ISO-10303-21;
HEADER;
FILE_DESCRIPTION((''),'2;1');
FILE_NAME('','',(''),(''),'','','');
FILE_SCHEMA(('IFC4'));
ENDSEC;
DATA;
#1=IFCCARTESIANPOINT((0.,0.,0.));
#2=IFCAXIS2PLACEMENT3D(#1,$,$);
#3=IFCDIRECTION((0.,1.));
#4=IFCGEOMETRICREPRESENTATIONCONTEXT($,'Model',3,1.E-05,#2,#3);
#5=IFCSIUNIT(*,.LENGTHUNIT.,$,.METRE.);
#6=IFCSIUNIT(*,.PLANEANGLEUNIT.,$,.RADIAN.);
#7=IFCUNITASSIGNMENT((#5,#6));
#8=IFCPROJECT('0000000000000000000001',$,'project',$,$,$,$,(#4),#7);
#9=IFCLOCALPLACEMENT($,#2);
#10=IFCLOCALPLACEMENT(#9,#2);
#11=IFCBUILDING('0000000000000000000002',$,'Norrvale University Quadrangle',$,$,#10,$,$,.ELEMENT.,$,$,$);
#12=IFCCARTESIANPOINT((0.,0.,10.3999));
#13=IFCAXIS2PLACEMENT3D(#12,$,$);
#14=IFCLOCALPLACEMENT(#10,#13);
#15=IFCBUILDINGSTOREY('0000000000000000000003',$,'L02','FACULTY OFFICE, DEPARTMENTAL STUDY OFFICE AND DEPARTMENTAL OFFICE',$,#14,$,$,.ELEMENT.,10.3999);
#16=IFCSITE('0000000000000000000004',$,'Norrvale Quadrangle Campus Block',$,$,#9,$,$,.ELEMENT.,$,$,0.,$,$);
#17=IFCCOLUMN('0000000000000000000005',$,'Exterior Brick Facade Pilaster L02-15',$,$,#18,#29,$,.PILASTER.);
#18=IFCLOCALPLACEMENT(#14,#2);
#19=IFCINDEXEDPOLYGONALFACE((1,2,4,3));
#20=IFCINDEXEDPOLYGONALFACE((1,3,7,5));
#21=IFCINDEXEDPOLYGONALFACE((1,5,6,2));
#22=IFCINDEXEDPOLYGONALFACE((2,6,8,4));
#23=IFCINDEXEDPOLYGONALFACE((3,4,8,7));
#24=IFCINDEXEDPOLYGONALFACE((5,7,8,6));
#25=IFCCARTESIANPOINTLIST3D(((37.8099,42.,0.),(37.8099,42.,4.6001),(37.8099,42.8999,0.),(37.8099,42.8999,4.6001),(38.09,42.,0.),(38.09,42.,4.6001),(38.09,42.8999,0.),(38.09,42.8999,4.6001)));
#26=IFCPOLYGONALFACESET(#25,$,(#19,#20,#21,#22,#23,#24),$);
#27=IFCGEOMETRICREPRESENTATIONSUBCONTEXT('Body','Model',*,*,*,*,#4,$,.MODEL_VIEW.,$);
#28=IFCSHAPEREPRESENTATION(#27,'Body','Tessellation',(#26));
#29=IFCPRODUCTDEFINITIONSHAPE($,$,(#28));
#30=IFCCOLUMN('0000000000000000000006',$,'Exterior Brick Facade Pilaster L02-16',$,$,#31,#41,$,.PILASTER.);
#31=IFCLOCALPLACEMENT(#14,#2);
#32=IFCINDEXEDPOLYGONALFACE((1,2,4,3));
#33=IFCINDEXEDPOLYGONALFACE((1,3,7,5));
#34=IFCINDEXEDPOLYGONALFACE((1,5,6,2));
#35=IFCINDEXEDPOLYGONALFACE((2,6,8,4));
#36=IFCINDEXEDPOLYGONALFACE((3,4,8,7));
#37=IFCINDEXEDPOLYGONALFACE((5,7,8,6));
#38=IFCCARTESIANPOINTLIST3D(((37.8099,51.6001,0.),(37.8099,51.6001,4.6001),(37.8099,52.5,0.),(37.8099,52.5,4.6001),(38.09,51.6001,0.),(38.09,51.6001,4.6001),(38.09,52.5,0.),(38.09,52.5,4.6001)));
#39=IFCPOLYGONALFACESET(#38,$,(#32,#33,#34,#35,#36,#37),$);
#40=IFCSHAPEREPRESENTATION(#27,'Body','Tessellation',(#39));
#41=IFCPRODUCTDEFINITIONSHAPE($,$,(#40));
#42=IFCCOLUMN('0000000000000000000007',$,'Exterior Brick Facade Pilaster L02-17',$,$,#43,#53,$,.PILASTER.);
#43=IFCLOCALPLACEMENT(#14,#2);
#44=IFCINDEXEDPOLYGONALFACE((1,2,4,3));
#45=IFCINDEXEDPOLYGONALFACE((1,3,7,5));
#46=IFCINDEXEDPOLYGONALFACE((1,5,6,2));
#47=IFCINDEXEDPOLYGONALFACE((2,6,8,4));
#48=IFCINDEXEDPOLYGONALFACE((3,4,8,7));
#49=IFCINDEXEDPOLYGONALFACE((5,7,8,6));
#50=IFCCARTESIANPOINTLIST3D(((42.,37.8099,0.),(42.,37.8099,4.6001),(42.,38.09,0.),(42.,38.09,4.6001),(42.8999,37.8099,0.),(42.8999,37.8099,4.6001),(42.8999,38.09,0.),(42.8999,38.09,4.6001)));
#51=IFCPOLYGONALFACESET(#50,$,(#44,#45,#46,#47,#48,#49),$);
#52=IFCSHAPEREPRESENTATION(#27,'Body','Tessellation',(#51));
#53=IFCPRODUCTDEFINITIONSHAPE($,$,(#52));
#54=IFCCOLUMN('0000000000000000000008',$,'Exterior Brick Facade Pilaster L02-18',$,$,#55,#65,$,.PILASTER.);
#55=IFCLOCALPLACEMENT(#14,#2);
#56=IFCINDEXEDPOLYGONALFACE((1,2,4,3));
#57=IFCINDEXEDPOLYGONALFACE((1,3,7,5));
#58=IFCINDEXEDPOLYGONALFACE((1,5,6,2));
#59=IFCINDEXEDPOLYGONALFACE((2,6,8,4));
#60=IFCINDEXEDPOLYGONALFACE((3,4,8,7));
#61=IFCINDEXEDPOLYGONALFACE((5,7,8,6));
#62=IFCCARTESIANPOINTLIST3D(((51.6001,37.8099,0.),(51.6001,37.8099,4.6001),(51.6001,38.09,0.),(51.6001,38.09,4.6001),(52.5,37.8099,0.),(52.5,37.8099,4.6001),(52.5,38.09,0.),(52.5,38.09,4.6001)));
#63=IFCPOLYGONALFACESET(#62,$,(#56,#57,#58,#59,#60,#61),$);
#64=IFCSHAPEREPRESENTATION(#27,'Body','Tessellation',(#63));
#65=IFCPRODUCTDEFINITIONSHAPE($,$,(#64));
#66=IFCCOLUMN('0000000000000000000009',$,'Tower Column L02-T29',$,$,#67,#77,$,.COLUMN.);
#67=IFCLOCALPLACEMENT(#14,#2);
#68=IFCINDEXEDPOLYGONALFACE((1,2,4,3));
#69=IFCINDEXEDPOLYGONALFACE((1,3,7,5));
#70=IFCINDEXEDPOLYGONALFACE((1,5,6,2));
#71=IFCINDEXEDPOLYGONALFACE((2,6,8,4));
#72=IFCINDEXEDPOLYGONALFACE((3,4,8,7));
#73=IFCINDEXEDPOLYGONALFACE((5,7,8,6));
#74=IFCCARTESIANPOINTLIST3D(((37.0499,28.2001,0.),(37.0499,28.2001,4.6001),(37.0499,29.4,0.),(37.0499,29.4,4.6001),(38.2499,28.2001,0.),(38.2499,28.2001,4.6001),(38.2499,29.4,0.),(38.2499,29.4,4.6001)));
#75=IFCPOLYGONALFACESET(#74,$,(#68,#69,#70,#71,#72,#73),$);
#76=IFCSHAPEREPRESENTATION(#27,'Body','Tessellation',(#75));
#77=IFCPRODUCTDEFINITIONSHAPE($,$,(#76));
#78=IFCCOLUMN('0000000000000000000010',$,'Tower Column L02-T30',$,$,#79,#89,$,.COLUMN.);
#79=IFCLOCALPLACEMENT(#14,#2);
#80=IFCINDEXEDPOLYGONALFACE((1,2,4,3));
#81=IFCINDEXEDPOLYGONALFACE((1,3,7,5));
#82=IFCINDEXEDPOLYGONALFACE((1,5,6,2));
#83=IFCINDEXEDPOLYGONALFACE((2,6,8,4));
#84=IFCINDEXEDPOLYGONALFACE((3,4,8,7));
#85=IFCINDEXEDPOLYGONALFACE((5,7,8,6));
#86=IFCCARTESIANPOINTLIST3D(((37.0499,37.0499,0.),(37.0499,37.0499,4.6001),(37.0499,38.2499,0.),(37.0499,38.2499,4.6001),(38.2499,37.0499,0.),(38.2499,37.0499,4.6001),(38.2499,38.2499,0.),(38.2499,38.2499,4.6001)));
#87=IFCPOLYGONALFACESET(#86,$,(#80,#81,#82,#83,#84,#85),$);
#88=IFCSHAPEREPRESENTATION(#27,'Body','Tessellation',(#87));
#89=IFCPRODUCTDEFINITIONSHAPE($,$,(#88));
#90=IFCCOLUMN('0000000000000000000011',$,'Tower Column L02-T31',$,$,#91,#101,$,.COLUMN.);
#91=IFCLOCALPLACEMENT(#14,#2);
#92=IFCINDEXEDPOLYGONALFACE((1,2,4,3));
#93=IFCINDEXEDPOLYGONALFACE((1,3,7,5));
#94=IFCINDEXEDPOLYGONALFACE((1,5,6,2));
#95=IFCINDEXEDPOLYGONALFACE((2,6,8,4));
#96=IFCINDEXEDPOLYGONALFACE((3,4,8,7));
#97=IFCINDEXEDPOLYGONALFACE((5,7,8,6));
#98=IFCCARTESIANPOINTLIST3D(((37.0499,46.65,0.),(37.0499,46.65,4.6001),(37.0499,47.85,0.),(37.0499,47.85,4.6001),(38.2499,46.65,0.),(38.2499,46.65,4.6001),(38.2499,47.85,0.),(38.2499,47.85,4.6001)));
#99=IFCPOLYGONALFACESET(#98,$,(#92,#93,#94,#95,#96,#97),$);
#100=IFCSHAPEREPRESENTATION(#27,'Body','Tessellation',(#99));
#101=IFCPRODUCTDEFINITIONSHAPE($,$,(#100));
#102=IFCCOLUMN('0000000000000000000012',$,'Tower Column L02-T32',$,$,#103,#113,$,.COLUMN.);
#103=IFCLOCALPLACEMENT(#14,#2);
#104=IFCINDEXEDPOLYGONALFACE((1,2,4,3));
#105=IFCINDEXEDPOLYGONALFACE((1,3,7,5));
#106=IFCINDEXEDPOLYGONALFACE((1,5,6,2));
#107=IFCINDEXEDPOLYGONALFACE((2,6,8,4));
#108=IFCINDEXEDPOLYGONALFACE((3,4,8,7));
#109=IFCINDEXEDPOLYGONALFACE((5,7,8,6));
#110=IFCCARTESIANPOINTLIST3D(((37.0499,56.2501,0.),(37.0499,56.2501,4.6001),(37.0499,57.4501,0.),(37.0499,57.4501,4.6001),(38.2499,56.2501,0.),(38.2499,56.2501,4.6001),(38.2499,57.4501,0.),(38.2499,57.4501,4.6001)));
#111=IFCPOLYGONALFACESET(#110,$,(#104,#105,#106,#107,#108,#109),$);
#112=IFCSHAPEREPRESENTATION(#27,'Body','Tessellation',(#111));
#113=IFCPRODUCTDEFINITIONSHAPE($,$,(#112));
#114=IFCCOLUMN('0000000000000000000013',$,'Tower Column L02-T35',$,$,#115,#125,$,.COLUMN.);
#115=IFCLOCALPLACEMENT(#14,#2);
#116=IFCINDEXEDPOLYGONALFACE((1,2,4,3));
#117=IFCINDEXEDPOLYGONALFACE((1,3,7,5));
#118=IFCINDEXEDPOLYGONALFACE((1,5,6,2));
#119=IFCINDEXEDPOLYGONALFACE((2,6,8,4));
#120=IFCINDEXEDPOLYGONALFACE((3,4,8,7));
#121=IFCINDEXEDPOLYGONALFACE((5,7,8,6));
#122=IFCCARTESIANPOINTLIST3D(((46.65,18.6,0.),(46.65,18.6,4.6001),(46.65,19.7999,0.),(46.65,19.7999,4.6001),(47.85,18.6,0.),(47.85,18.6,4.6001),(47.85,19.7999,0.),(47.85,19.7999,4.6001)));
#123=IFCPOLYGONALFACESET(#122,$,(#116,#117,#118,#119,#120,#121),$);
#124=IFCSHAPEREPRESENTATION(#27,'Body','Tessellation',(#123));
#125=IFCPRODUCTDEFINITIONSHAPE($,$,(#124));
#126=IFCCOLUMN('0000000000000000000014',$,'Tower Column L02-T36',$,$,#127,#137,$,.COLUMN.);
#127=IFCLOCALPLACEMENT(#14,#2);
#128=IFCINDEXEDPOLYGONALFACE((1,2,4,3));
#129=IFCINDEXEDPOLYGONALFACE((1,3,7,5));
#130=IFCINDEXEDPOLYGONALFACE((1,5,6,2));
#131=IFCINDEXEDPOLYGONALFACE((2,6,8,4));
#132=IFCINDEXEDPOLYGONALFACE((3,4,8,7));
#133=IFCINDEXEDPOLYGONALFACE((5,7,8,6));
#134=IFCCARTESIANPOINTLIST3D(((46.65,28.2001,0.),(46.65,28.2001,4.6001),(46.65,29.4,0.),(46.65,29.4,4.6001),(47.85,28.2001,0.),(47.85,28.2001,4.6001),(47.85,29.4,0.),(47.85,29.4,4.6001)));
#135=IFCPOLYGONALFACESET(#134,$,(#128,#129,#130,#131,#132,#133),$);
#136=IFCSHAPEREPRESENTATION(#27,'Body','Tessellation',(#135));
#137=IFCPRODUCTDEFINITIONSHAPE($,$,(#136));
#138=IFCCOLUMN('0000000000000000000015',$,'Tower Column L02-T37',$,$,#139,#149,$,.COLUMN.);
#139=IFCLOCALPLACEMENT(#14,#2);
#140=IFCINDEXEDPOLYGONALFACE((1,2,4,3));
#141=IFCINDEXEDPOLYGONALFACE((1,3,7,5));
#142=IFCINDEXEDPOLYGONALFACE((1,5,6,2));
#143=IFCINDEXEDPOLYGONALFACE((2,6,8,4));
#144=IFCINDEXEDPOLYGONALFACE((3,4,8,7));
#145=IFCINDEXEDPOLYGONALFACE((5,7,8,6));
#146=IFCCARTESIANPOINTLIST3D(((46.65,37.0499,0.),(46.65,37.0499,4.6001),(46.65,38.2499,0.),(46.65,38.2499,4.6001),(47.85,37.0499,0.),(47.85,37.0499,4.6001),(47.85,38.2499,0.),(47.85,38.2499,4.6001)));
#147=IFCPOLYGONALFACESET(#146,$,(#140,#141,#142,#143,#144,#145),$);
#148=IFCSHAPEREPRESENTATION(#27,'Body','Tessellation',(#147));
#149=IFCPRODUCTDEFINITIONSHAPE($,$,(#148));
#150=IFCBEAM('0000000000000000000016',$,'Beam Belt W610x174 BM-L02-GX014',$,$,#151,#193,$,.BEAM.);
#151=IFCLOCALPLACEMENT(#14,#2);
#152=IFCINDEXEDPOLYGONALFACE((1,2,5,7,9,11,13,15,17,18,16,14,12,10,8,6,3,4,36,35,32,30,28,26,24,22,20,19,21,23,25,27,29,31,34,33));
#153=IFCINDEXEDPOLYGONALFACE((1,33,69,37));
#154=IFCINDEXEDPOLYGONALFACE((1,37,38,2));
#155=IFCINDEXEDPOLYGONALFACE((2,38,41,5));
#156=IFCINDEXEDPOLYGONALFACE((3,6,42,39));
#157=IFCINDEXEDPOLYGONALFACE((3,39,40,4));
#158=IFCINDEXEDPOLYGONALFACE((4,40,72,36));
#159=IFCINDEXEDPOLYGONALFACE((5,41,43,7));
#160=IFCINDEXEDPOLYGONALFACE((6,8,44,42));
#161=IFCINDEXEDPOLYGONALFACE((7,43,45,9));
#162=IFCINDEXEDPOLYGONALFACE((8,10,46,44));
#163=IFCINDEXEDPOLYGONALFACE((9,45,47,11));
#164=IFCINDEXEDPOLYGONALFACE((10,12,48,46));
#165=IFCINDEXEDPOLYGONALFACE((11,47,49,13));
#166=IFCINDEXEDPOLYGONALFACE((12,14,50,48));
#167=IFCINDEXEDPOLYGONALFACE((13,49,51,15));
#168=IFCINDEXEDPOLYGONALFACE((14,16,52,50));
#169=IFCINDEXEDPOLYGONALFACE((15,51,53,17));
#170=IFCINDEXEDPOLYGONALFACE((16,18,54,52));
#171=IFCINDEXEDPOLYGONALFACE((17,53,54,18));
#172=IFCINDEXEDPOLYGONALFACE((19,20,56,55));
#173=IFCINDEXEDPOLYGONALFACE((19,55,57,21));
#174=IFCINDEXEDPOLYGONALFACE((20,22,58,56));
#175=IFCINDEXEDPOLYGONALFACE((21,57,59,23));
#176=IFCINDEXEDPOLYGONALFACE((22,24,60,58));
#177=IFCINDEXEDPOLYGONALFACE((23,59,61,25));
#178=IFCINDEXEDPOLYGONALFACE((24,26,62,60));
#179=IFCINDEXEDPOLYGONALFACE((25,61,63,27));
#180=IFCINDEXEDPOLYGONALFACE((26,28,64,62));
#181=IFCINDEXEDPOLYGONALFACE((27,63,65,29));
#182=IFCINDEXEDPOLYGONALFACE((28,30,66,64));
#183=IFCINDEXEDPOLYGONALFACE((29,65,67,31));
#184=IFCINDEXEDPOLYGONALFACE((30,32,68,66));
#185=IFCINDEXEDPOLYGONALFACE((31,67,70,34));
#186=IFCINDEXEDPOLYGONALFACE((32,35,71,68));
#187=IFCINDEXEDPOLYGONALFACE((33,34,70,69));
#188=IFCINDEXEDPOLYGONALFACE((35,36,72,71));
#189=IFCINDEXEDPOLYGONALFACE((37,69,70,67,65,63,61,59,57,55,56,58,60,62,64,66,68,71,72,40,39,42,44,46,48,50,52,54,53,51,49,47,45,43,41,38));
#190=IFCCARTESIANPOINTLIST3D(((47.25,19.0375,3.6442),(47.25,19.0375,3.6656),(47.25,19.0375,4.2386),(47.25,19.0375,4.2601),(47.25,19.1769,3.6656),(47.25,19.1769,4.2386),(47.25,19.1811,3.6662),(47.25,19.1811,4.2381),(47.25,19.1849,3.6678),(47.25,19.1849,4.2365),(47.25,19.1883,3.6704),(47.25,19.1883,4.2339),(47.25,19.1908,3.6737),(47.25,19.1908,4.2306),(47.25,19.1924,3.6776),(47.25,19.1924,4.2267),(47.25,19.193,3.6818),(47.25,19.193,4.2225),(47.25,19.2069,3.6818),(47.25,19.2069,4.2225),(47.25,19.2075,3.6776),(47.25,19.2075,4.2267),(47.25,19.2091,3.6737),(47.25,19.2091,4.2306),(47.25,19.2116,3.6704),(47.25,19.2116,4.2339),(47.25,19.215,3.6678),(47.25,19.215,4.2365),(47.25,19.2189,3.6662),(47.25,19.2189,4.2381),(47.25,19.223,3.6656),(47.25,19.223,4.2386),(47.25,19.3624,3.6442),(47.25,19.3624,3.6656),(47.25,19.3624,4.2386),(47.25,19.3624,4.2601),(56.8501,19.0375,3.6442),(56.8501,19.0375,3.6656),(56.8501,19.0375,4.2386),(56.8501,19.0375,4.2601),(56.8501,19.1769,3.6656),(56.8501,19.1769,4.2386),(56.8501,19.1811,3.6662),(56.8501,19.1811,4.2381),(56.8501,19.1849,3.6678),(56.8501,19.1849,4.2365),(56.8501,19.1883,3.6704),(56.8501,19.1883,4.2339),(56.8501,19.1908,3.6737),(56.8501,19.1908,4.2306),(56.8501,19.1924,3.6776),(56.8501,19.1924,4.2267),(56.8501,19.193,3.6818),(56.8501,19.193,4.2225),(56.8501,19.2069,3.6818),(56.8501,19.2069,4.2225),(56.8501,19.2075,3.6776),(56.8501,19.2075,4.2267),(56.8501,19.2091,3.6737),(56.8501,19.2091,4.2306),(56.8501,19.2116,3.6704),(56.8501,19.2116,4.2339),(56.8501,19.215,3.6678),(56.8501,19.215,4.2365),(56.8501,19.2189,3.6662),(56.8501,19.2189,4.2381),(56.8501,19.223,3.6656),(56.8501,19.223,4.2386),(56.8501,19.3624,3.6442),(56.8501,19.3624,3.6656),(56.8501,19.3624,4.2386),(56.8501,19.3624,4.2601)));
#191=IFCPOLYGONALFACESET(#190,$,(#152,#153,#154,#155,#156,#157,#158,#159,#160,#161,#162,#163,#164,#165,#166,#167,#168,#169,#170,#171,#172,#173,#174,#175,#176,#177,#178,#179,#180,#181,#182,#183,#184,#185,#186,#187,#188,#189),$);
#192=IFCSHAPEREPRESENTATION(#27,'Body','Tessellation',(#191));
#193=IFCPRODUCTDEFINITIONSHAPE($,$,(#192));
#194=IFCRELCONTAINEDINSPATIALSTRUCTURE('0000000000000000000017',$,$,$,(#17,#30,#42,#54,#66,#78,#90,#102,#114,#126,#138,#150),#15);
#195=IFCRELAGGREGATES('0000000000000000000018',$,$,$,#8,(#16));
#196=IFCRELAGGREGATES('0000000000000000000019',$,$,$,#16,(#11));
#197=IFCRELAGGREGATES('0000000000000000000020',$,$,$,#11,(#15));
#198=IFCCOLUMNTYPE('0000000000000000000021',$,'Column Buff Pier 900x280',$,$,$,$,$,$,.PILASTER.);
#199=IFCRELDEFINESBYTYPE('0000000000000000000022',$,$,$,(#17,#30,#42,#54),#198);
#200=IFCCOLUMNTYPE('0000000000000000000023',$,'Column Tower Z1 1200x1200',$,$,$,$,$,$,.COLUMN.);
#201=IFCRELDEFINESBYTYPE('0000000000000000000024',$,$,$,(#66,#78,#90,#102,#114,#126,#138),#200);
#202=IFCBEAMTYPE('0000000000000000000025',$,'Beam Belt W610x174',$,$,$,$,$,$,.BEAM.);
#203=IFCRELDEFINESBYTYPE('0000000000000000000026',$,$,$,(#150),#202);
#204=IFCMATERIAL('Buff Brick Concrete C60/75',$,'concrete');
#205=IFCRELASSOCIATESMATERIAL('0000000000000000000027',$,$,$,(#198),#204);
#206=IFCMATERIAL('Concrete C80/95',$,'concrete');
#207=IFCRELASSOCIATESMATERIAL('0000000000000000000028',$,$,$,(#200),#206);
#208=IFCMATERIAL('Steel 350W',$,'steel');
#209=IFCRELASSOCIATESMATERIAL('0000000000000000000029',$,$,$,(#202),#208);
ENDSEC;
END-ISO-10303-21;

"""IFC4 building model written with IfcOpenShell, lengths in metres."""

from ifc_helpers import new_model, si_unit, direction, frame, origin, origin_2d, place, context, subcontext, project, spatial, rectangle, i_section, extrude, material, material_profile, profile_set, type_object, element, save


model = new_model("IFC4")

# Units and contexts
model_context = context("Model", 3, precision=1e-05, world=origin(), true_north=direction((0.0, 1.0)))
body_context = subcontext(model_context, "Body", "Model", "MODEL_VIEW")
ifc_project = project(units=[si_unit("LENGTHUNIT", "METRE"), si_unit("PLANEANGLEUNIT", "RADIAN")], contexts=[model_context])

# Site, building, storey
site_placement = place(None, origin())
site = spatial("IfcSite", under=ifc_project, at=site_placement, Name="Norrvale Quadrangle Campus Block", CompositionType="ELEMENT", RefElevation=0.0)
building_placement = place(site_placement, origin())
building = spatial("IfcBuilding", under=site, at=building_placement, Name="Norrvale University Quadrangle", CompositionType="ELEMENT")
storey_placement = place(building_placement, frame((0.0, 0.0, 10.3999)))
storey = spatial("IfcBuildingStorey", under=building, at=storey_placement, Name="L02", Description="FACULTY OFFICE, DEPARTMENTAL STUDY OFFICE AND DEPARTMENTAL OFFICE", CompositionType="ELEMENT", Elevation=10.3999)

# Columns
ifc_material_1 = material(Name="Buff Brick Concrete C60/75", Category="concrete")
ifc_material_profile_1 = material_profile(ifc_material_1, rectangle(XDim=0.8999, YDim=0.28, at=origin_2d()), Name="Buff Brick Concrete C60/75")
ifc_profile_set_1 = profile_set([ifc_material_profile_1], Name="Buff Brick Concrete C60/75")
column_type_1 = type_object("IfcColumnType", Name="Column Buff Pier 900x280", PredefinedType="PILASTER", material=ifc_profile_set_1)
for number, where, z_axis, x_axis, name in (
    (1, (37.95, 42.45, 0.0), (0.0, 0.0, 1.0), (0.0, 1.0, 0.0), "Exterior Brick Facade Pilaster L02-15"),
    (2, (37.95, 52.05, 0.0), (0.0, 0.0, 1.0), (0.0, 1.0, 0.0), "Exterior Brick Facade Pilaster L02-16"),
    (3, (42.45, 37.95, 0.0), (0.0, 0.0, 1.0), (1.0, 0.0, 0.0), "Exterior Brick Facade Pilaster L02-17"),
    (4, (52.05, 37.95, 0.0), (0.0, 0.0, 1.0), (1.0, 0.0, 0.0), "Exterior Brick Facade Pilaster L02-18"),
):
    element("IfcColumn", number, at=place(storey_placement, frame(where, z_axis=z_axis, x_axis=x_axis)), inside=storey, type_object=column_type_1, Name=name, PredefinedType="PILASTER", context=body_context, shape_type="SweptSolid", body=[
        extrude(rectangle(XDim=0.8999, YDim=0.28, at=origin_2d()), origin(), (0.0, 0.0, 1.0), 4.6001),
    ])
ifc_material_2 = material(Name="Concrete C80/95", Category="concrete")
ifc_material_profile_2 = material_profile(ifc_material_2, rectangle(XDim=1.2, YDim=1.2, at=origin_2d()), Name="Concrete C80/95")
ifc_profile_set_2 = profile_set([ifc_material_profile_2], Name="Concrete C80/95")
column_type_2 = type_object("IfcColumnType", Name="Column Tower Z1 1200x1200", PredefinedType="COLUMN", material=ifc_profile_set_2)
for number, where, z_axis, x_axis, name in (
    (5, (37.6499, 28.8, 0.0), (0.0, 0.0, 1.0), (1.0, 0.0, 0.0), "Tower Column L02-T29"),
    (6, (37.6499, 37.6499, 0.0), (0.0, 0.0, 1.0), (1.0, 0.0, 0.0), "Tower Column L02-T30"),
    (7, (37.6499, 47.25, 0.0), (0.0, 0.0, 1.0), (1.0, 0.0, 0.0), "Tower Column L02-T31"),
    (8, (37.6499, 56.8501, 0.0), (0.0, 0.0, 1.0), (1.0, 0.0, 0.0), "Tower Column L02-T32"),
    (9, (47.25, 19.2, 0.0), (0.0, 0.0, 1.0), (1.0, 0.0, 0.0), "Tower Column L02-T35"),
    (10, (47.25, 28.8, 0.0), (0.0, 0.0, 1.0), (1.0, 0.0, 0.0), "Tower Column L02-T36"),
    (11, (47.25, 37.6499, 0.0), (0.0, 0.0, 1.0), (1.0, 0.0, 0.0), "Tower Column L02-T37"),
):
    element("IfcColumn", number, at=place(storey_placement, frame(where, z_axis=z_axis, x_axis=x_axis)), inside=storey, type_object=column_type_2, Name=name, PredefinedType="COLUMN", context=body_context, shape_type="SweptSolid", body=[
        extrude(rectangle(XDim=1.2, YDim=1.2, at=origin_2d()), origin(), (0.0, 0.0, 1.0), 4.6001),
    ])

# Beam
ifc_material_3 = material(Name="Steel 350W", Category="steel")
ifc_material_profile_3 = material_profile(ifc_material_3, i_section(OverallWidth=0.325, OverallDepth=0.616, WebThickness=0.0139, FlangeThickness=0.0215, FilletRadius=0.0161, at=origin_2d()), Name="Steel 350W")
ifc_profile_set_3 = profile_set([ifc_material_profile_3], Name="Steel 350W")
beam_type_1 = type_object("IfcBeamType", Name="Beam Belt W610x174", PredefinedType="BEAM", material=ifc_profile_set_3)
for number, where, z_axis, x_axis, name in (
    (12, (47.25, 19.2, 3.9521), (1.0, 0.0, 0.0), (0.0, 1.0, 0.0), "Beam Belt W610x174 BM-L02-GX014"),
):
    element("IfcBeam", number, at=place(storey_placement, frame(where, z_axis=z_axis, x_axis=x_axis)), inside=storey, type_object=beam_type_1, Name=name, PredefinedType="BEAM", context=body_context, shape_type="SweptSolid", body=[
        extrude(i_section(OverallWidth=0.325, OverallDepth=0.616, WebThickness=0.0139, FlangeThickness=0.0215, FilletRadius=0.0161, at=origin_2d()), origin(), (0.0, 0.0, 1.0), 9.6001),
    ])

save(model, "model.ifc")
